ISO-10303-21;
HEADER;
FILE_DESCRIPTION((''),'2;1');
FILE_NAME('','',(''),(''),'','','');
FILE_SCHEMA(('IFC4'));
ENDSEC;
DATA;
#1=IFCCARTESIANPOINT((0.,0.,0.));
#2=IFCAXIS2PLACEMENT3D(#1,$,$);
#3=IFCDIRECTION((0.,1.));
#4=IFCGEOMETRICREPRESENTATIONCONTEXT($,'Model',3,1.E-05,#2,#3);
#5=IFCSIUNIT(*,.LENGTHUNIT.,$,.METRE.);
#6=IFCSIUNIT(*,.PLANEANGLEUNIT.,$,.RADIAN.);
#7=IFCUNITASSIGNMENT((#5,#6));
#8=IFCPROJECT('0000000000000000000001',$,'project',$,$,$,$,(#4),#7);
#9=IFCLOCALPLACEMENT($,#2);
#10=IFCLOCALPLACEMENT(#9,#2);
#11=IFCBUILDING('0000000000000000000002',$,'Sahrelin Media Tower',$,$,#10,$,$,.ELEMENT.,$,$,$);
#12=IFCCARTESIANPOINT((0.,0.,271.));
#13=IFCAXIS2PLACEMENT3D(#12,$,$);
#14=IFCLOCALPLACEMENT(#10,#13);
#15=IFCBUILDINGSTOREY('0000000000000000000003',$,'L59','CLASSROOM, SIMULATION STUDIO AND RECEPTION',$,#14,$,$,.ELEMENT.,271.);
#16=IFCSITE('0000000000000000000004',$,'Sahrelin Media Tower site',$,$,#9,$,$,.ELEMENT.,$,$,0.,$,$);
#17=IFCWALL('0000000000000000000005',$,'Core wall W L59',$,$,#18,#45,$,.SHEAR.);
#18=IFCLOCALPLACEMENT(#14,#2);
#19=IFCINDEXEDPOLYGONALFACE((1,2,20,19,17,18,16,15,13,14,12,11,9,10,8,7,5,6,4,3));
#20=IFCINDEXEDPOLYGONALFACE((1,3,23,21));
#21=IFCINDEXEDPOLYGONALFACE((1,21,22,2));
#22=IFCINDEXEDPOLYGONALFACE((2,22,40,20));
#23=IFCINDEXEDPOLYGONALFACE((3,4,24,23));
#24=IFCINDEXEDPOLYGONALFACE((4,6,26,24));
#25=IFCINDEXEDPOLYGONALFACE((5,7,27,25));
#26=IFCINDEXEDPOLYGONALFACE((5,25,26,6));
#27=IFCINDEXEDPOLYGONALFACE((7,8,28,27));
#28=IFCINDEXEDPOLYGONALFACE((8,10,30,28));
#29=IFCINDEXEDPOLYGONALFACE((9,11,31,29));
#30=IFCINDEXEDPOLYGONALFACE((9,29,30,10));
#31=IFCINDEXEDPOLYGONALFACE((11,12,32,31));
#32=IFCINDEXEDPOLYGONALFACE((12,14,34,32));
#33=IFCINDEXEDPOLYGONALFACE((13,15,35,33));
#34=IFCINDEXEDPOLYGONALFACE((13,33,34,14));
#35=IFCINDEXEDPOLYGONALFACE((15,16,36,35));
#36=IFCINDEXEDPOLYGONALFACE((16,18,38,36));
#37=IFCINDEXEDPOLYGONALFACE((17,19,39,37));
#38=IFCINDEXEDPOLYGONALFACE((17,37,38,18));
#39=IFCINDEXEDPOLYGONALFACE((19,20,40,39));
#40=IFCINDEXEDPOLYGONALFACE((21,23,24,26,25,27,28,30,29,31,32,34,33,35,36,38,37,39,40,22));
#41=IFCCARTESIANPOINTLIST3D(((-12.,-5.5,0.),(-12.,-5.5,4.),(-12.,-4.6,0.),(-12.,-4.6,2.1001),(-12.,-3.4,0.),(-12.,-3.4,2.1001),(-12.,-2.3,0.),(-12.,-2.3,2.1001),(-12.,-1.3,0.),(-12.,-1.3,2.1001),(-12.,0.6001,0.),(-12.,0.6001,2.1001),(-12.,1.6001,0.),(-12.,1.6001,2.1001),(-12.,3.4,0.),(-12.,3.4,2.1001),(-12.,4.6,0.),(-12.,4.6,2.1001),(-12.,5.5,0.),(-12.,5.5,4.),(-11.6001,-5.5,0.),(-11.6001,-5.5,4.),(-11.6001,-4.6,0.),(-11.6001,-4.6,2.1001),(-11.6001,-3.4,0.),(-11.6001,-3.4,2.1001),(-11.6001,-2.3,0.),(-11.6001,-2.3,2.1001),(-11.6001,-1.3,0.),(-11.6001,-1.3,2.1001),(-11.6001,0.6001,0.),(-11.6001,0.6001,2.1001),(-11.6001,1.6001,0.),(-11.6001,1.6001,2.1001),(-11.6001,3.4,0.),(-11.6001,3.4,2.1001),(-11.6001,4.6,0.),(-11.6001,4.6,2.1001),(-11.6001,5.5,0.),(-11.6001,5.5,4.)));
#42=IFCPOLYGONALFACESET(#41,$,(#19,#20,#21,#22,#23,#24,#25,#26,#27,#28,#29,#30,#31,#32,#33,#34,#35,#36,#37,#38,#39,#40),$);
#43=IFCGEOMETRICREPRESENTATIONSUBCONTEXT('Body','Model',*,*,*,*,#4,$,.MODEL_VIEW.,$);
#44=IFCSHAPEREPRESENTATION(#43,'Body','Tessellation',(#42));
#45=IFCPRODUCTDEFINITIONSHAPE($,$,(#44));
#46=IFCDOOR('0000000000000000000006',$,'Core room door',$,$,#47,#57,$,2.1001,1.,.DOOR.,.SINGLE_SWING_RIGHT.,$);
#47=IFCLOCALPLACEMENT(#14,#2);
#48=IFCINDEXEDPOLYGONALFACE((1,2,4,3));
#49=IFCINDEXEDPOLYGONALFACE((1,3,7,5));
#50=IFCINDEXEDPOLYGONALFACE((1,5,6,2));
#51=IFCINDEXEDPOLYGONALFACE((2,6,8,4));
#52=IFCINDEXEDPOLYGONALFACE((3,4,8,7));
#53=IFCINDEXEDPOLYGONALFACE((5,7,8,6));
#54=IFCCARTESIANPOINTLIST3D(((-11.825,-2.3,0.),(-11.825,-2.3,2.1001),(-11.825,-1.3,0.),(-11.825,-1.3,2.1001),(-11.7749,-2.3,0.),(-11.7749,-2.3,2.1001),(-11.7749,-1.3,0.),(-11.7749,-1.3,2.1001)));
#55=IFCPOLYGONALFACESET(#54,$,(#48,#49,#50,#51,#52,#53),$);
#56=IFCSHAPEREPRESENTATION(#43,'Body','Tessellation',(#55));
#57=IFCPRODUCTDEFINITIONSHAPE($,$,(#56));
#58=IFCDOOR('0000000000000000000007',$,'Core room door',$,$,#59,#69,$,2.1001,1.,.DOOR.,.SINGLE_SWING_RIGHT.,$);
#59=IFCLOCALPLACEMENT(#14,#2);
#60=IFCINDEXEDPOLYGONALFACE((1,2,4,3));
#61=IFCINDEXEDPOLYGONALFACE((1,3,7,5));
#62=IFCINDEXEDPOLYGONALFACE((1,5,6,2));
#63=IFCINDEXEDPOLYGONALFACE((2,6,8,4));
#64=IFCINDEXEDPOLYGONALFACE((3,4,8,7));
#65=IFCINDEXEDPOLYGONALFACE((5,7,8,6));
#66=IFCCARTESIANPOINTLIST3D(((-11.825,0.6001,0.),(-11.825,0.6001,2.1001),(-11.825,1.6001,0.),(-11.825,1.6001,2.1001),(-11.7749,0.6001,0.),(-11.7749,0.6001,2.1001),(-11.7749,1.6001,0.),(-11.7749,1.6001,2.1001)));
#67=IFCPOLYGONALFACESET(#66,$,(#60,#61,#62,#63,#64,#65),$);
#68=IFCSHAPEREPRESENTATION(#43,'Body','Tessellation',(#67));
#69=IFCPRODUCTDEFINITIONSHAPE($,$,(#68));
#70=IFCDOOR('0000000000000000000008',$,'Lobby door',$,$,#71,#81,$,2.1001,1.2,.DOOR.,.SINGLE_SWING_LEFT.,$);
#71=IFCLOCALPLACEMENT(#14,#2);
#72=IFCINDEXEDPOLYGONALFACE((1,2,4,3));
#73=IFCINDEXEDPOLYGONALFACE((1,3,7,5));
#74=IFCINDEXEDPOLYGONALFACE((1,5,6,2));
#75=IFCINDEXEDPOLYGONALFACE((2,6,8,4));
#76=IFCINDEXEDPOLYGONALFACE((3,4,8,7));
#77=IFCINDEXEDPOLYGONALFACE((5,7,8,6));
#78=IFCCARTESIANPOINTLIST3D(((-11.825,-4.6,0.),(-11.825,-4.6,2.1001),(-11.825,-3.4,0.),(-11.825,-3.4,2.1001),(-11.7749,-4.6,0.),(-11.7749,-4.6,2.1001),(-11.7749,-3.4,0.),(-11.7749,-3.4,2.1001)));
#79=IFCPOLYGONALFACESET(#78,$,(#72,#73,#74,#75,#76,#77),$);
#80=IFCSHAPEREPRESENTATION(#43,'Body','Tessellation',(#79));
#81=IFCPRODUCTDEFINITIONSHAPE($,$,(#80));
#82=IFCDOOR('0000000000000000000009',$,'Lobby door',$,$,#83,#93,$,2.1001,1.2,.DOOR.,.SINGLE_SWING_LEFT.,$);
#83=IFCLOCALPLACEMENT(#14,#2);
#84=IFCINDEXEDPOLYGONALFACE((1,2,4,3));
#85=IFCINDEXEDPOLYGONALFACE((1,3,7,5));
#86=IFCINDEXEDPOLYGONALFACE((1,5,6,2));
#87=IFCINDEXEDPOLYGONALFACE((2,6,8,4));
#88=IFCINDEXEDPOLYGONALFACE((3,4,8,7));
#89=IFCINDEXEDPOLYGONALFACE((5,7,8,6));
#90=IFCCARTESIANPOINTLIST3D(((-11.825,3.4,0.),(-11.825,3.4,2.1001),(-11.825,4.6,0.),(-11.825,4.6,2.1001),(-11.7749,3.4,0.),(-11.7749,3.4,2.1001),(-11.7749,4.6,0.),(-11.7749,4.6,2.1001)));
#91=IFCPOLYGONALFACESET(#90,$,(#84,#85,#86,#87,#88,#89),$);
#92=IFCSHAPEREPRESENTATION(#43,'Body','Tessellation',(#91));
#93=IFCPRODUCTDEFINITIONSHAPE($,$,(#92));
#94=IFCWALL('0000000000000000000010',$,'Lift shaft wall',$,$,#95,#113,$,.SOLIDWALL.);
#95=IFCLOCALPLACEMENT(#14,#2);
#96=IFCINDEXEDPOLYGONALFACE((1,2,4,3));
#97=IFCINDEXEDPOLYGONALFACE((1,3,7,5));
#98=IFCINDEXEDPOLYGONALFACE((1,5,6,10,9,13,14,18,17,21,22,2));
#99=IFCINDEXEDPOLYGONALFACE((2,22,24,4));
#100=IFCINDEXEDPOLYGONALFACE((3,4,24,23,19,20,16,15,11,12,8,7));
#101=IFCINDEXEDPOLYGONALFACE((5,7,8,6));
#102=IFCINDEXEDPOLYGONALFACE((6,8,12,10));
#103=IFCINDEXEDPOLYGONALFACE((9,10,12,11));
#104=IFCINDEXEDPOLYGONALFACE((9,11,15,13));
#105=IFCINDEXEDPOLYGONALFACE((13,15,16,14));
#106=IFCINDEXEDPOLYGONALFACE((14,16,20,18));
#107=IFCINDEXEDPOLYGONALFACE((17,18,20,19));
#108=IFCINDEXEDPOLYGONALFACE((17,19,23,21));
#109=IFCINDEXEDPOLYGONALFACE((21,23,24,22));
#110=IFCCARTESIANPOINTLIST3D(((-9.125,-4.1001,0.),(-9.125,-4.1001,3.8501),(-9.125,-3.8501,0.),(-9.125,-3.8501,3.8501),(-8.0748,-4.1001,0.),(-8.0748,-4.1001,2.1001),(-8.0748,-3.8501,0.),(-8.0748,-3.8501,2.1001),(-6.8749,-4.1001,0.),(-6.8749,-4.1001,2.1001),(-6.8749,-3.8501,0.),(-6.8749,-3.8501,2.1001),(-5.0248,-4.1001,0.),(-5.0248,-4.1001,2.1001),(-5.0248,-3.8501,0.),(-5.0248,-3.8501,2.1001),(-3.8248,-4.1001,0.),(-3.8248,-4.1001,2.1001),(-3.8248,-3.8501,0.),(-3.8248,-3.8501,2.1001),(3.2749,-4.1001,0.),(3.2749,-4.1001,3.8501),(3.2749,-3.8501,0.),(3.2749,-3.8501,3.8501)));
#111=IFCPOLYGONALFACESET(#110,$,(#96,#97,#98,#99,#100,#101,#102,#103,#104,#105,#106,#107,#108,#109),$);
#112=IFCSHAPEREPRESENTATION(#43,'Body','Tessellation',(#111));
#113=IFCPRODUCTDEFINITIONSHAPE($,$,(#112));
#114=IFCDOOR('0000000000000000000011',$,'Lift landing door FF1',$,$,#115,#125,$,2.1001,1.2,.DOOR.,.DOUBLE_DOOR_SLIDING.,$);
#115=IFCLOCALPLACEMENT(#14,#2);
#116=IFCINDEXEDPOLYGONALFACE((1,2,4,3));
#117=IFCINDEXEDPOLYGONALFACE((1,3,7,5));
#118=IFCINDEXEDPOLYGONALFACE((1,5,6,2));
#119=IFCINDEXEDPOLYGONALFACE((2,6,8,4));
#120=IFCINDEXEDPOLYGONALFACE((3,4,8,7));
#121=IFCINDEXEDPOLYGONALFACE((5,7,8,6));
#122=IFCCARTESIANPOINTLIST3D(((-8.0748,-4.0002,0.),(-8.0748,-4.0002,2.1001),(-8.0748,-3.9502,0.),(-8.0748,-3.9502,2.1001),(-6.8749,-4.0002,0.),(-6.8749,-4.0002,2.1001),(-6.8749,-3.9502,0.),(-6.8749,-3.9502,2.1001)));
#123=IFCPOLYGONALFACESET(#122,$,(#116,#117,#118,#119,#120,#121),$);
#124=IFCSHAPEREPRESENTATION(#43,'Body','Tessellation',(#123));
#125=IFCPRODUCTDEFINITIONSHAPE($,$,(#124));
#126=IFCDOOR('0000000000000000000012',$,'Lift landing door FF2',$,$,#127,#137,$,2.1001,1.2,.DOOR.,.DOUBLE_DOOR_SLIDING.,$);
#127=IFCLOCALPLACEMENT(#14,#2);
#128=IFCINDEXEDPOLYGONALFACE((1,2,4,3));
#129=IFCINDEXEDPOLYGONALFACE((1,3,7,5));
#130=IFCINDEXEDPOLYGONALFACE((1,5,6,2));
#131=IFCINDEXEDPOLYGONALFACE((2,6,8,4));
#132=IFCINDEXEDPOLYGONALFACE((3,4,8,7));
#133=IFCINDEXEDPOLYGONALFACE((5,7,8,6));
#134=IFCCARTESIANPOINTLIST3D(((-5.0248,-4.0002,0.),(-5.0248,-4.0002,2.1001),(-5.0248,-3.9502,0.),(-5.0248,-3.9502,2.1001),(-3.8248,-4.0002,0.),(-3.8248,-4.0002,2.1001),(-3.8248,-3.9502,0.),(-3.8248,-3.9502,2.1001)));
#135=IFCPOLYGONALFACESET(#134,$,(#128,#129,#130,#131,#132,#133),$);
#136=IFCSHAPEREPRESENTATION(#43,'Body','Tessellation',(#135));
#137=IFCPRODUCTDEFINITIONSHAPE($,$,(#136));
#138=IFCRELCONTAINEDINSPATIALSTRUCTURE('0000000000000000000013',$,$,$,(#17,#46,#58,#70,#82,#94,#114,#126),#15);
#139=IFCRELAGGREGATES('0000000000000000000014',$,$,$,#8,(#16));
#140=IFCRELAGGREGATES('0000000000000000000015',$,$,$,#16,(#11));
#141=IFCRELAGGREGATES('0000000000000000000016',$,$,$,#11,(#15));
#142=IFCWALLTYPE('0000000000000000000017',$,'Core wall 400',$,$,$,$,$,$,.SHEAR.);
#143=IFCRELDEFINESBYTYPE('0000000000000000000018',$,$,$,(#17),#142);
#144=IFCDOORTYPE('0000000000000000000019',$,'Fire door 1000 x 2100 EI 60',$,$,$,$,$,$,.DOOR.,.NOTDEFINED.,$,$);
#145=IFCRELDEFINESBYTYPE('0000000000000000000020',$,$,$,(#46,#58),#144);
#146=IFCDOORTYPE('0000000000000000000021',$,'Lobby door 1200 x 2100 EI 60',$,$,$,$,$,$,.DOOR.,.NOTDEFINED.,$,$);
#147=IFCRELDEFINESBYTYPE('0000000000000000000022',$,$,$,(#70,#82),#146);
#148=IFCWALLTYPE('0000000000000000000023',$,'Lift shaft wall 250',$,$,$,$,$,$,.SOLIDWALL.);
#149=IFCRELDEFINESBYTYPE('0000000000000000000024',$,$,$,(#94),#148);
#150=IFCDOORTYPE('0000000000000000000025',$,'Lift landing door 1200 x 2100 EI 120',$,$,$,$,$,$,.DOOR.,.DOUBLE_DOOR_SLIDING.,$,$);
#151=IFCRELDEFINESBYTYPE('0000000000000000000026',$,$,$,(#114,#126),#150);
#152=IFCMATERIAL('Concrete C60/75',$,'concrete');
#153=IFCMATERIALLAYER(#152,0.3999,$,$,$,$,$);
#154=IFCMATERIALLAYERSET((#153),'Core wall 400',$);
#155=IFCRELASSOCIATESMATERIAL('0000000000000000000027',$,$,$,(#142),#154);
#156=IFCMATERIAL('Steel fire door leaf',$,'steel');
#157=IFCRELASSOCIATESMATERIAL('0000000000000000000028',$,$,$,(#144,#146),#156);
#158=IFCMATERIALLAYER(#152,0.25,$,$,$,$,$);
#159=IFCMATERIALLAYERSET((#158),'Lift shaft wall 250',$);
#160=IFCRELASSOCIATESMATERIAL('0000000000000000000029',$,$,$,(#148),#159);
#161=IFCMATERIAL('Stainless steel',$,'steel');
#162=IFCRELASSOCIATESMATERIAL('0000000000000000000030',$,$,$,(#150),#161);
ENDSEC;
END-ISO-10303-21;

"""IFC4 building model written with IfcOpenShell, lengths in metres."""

from ifc_helpers import new_model, si_unit, direction, frame, frame_2d, origin, place, context, subcontext, project, spatial, rectangle, extrude, material, layer, layer_set, type_object, element, fill, save


model = new_model("IFC4")

# Units and contexts
model_context = context("Model", 3, precision=1e-05, world=origin(), true_north=direction((0.0, 1.0)))
body_context = subcontext(model_context, "Body", "Model", "MODEL_VIEW")
ifc_project = project(units=[si_unit("LENGTHUNIT", "METRE"), si_unit("PLANEANGLEUNIT", "RADIAN")], contexts=[model_context])

# Site, building, storey
site_placement = place(None, origin())
site = spatial("IfcSite", under=ifc_project, at=site_placement, Name="Sahrelin Media Tower site", CompositionType="ELEMENT", RefElevation=0.0)
building_placement = place(site_placement, origin())
building = spatial("IfcBuilding", under=site, at=building_placement, Name="Sahrelin Media Tower", CompositionType="ELEMENT")
storey_placement = place(building_placement, frame((0.0, 0.0, 271.0)))
storey = spatial("IfcBuildingStorey", under=building, at=storey_placement, Name="L59", Description="CLASSROOM, SIMULATION STUDIO AND RECEPTION", CompositionType="ELEMENT", Elevation=271.0)

# Shared definitions
ifc_material_1 = material(Name="Concrete C60/75", Category="concrete")
ifc_layer_1 = layer(ifc_material_1, 0.3999)
ifc_layer_set_1 = layer_set([ifc_layer_1], Name="Core wall 400")
wall_type_1 = type_object("IfcWallType", Name="Core wall 400", PredefinedType="SHEAR", material=ifc_layer_set_1)

# Walls, openings, doors
wall_1_placement = place(storey_placement, frame((-11.8, -5.5, 0.0), z_axis=(0.0, 0.0, 1.0), x_axis=(0.0, 1.0, 0.0)))
wall_1 = element("IfcWall", 1, at=wall_1_placement, inside=storey, type_object=wall_type_1, Name="Core wall W L59", PredefinedType="SHEAR", context=body_context, shape_type="SweptSolid", body=[
    extrude(rectangle(XDim=11.0, YDim=0.3999, at=frame_2d((5.5, 0.0))), origin(), (0.0, 0.0, 1.0), 4.0),
])
opening_1_placement = place(wall_1_placement, frame((3.2, 0.0, 0.0)))
opening_1 = element("IfcOpeningElement", 2, at=opening_1_placement, cuts=wall_1, PredefinedType="OPENING", context=body_context, shape_type="SweptSolid", body=[
    extrude(rectangle(XDim=1.0, YDim=2.1001, at=frame_2d((0.5, 1.05))), frame((0.0, 0.2, 0.0), z_axis=(0.0, -1.0, 0.0), x_axis=(1.0, 0.0, 0.0)), (0.0, 0.0, 1.0), 0.3999),
])
opening_2_placement = place(wall_1_placement, frame((6.1001, 0.0, 0.0)))
opening_2 = element("IfcOpeningElement", 3, at=opening_2_placement, cuts=wall_1, PredefinedType="OPENING", context=body_context, shape_type="SweptSolid", body=[
    extrude(rectangle(XDim=1.0, YDim=2.1001, at=frame_2d((0.5, 1.05))), frame((0.0, 0.2, 0.0), z_axis=(0.0, -1.0, 0.0), x_axis=(1.0, 0.0, 0.0)), (0.0, 0.0, 1.0), 0.3999),
])
opening_3_placement = place(wall_1_placement, frame((0.8999, 0.0, 0.0)))
opening_3 = element("IfcOpeningElement", 4, at=opening_3_placement, cuts=wall_1, PredefinedType="OPENING", context=body_context, shape_type="SweptSolid", body=[
    extrude(rectangle(XDim=1.2, YDim=2.1001, at=frame_2d((0.6001, 1.05))), frame((0.0, 0.2, 0.0), z_axis=(0.0, -1.0, 0.0), x_axis=(1.0, 0.0, 0.0)), (0.0, 0.0, 1.0), 0.3999),
])
opening_4_placement = place(wall_1_placement, frame((8.8999, 0.0, 0.0)))
opening_4 = element("IfcOpeningElement", 5, at=opening_4_placement, cuts=wall_1, PredefinedType="OPENING", context=body_context, shape_type="SweptSolid", body=[
    extrude(rectangle(XDim=1.2, YDim=2.1001, at=frame_2d((0.6001, 1.05))), frame((0.0, 0.2, 0.0), z_axis=(0.0, -1.0, 0.0), x_axis=(1.0, 0.0, 0.0)), (0.0, 0.0, 1.0), 0.3999),
])
ifc_material_2 = material(Name="Steel fire door leaf", Category="steel")
door_type_1 = type_object("IfcDoorType", Name="Fire door 1000 x 2100 EI 60", OperationType="NOTDEFINED", PredefinedType="DOOR", material=ifc_material_2)
door_1_placement = place(opening_1_placement, origin())
door_1 = element("IfcDoor", 6, at=door_1_placement, inside=storey, type_object=door_type_1, Name="Core room door", OperationType="SINGLE_SWING_RIGHT", OverallHeight=2.1001, OverallWidth=1.0, PredefinedType="DOOR", context=body_context, shape_type="SweptSolid", body=[
    extrude(rectangle(XDim=1.0, YDim=2.1001, at=frame_2d((0.5, 1.05))), frame((0.0, 0.0249, 0.0), z_axis=(0.0, -1.0, 0.0), x_axis=(1.0, 0.0, 0.0)), (0.0, 0.0, 1.0), 0.05),
])
fill(opening_1, door_1)
door_2_placement = place(opening_2_placement, origin())
door_2 = element("IfcDoor", 7, at=door_2_placement, inside=storey, type_object=door_type_1, Name="Core room door", OperationType="SINGLE_SWING_RIGHT", OverallHeight=2.1001, OverallWidth=1.0, PredefinedType="DOOR", context=body_context, shape_type="SweptSolid", body=[
    extrude(rectangle(XDim=1.0, YDim=2.1001, at=frame_2d((0.5, 1.05))), frame((0.0, 0.0249, 0.0), z_axis=(0.0, -1.0, 0.0), x_axis=(1.0, 0.0, 0.0)), (0.0, 0.0, 1.0), 0.05),
])
fill(opening_2, door_2)
door_type_2 = type_object("IfcDoorType", Name="Lobby door 1200 x 2100 EI 60", OperationType="NOTDEFINED", PredefinedType="DOOR", material=ifc_material_2)
door_3_placement = place(opening_3_placement, origin())
door_3 = element("IfcDoor", 8, at=door_3_placement, inside=storey, type_object=door_type_2, Name="Lobby door", OperationType="SINGLE_SWING_LEFT", OverallHeight=2.1001, OverallWidth=1.2, PredefinedType="DOOR", context=body_context, shape_type="SweptSolid", body=[
    extrude(rectangle(XDim=1.2, YDim=2.1001, at=frame_2d((0.6001, 1.05))), frame((0.0, 0.0249, 0.0), z_axis=(0.0, -1.0, 0.0), x_axis=(1.0, 0.0, 0.0)), (0.0, 0.0, 1.0), 0.05),
])
fill(opening_3, door_3)
door_4_placement = place(opening_4_placement, origin())
door_4 = element("IfcDoor", 9, at=door_4_placement, inside=storey, type_object=door_type_2, Name="Lobby door", OperationType="SINGLE_SWING_LEFT", OverallHeight=2.1001, OverallWidth=1.2, PredefinedType="DOOR", context=body_context, shape_type="SweptSolid", body=[
    extrude(rectangle(XDim=1.2, YDim=2.1001, at=frame_2d((0.6001, 1.05))), frame((0.0, 0.0249, 0.0), z_axis=(0.0, -1.0, 0.0), x_axis=(1.0, 0.0, 0.0)), (0.0, 0.0, 1.0), 0.05),
])
fill(opening_4, door_4)
ifc_layer_2 = layer(ifc_material_1, 0.25)
ifc_layer_set_2 = layer_set([ifc_layer_2], Name="Lift shaft wall 250")
wall_type_2 = type_object("IfcWallType", Name="Lift shaft wall 250", PredefinedType="SOLIDWALL", material=ifc_layer_set_2)
wall_2_placement = place(storey_placement, frame((-9.125, -3.9751, 0.0), z_axis=(0.0, 0.0, 1.0), x_axis=(1.0, 0.0, 0.0)))
wall_2 = element("IfcWall", 10, at=wall_2_placement, inside=storey, type_object=wall_type_2, Name="Lift shaft wall", PredefinedType="SOLIDWALL", context=body_context, shape_type="SweptSolid", body=[
    extrude(rectangle(XDim=12.3999, YDim=0.25, at=frame_2d((6.2, 0.0))), origin(), (0.0, 0.0, 1.0), 3.8501),
])
opening_5_placement = place(wall_2_placement, frame((1.05, 0.0, 0.0)))
opening_5 = element("IfcOpeningElement", 11, at=opening_5_placement, cuts=wall_2, PredefinedType="OPENING", context=body_context, shape_type="SweptSolid", body=[
    extrude(rectangle(XDim=1.2, YDim=2.1001, at=frame_2d((0.6001, 1.05))), frame((0.0, 0.125, 0.0), z_axis=(0.0, -1.0, 0.0), x_axis=(1.0, 0.0, 0.0)), (0.0, 0.0, 1.0), 0.25),
])
opening_6_placement = place(wall_2_placement, frame((4.1001, 0.0, 0.0)))
opening_6 = element("IfcOpeningElement", 12, at=opening_6_placement, cuts=wall_2, PredefinedType="OPENING", context=body_context, shape_type="SweptSolid", body=[
    extrude(rectangle(XDim=1.2, YDim=2.1001, at=frame_2d((0.6001, 1.05))), frame((0.0, 0.125, 0.0), z_axis=(0.0, -1.0, 0.0), x_axis=(1.0, 0.0, 0.0)), (0.0, 0.0, 1.0), 0.25),
])
ifc_material_3 = material(Name="Stainless steel", Category="steel")
door_type_3 = type_object("IfcDoorType", Name="Lift landing door 1200 x 2100 EI 120", OperationType="DOUBLE_DOOR_SLIDING", PredefinedType="DOOR", material=ifc_material_3)
door_5_placement = place(opening_5_placement, origin())
door_5 = element("IfcDoor", 13, at=door_5_placement, inside=storey, type_object=door_type_3, Name="Lift landing door FF1", OperationType="DOUBLE_DOOR_SLIDING", OverallHeight=2.1001, OverallWidth=1.2, PredefinedType="DOOR", context=body_context, shape_type="SweptSolid", body=[
    extrude(rectangle(XDim=1.2, YDim=2.1001, at=frame_2d((0.6001, 1.05))), frame((0.0, 0.0249, 0.0), z_axis=(0.0, -1.0, 0.0), x_axis=(1.0, 0.0, 0.0)), (0.0, 0.0, 1.0), 0.05),
])
fill(opening_5, door_5)
door_6_placement = place(opening_6_placement, origin())
door_6 = element("IfcDoor", 14, at=door_6_placement, inside=storey, type_object=door_type_3, Name="Lift landing door FF2", OperationType="DOUBLE_DOOR_SLIDING", OverallHeight=2.1001, OverallWidth=1.2, PredefinedType="DOOR", context=body_context, shape_type="SweptSolid", body=[
    extrude(rectangle(XDim=1.2, YDim=2.1001, at=frame_2d((0.6001, 1.05))), frame((0.0, 0.0249, 0.0), z_axis=(0.0, -1.0, 0.0), x_axis=(1.0, 0.0, 0.0)), (0.0, 0.0, 1.0), 0.05),
])
fill(opening_6, door_6)

save(model, "model.ifc")
